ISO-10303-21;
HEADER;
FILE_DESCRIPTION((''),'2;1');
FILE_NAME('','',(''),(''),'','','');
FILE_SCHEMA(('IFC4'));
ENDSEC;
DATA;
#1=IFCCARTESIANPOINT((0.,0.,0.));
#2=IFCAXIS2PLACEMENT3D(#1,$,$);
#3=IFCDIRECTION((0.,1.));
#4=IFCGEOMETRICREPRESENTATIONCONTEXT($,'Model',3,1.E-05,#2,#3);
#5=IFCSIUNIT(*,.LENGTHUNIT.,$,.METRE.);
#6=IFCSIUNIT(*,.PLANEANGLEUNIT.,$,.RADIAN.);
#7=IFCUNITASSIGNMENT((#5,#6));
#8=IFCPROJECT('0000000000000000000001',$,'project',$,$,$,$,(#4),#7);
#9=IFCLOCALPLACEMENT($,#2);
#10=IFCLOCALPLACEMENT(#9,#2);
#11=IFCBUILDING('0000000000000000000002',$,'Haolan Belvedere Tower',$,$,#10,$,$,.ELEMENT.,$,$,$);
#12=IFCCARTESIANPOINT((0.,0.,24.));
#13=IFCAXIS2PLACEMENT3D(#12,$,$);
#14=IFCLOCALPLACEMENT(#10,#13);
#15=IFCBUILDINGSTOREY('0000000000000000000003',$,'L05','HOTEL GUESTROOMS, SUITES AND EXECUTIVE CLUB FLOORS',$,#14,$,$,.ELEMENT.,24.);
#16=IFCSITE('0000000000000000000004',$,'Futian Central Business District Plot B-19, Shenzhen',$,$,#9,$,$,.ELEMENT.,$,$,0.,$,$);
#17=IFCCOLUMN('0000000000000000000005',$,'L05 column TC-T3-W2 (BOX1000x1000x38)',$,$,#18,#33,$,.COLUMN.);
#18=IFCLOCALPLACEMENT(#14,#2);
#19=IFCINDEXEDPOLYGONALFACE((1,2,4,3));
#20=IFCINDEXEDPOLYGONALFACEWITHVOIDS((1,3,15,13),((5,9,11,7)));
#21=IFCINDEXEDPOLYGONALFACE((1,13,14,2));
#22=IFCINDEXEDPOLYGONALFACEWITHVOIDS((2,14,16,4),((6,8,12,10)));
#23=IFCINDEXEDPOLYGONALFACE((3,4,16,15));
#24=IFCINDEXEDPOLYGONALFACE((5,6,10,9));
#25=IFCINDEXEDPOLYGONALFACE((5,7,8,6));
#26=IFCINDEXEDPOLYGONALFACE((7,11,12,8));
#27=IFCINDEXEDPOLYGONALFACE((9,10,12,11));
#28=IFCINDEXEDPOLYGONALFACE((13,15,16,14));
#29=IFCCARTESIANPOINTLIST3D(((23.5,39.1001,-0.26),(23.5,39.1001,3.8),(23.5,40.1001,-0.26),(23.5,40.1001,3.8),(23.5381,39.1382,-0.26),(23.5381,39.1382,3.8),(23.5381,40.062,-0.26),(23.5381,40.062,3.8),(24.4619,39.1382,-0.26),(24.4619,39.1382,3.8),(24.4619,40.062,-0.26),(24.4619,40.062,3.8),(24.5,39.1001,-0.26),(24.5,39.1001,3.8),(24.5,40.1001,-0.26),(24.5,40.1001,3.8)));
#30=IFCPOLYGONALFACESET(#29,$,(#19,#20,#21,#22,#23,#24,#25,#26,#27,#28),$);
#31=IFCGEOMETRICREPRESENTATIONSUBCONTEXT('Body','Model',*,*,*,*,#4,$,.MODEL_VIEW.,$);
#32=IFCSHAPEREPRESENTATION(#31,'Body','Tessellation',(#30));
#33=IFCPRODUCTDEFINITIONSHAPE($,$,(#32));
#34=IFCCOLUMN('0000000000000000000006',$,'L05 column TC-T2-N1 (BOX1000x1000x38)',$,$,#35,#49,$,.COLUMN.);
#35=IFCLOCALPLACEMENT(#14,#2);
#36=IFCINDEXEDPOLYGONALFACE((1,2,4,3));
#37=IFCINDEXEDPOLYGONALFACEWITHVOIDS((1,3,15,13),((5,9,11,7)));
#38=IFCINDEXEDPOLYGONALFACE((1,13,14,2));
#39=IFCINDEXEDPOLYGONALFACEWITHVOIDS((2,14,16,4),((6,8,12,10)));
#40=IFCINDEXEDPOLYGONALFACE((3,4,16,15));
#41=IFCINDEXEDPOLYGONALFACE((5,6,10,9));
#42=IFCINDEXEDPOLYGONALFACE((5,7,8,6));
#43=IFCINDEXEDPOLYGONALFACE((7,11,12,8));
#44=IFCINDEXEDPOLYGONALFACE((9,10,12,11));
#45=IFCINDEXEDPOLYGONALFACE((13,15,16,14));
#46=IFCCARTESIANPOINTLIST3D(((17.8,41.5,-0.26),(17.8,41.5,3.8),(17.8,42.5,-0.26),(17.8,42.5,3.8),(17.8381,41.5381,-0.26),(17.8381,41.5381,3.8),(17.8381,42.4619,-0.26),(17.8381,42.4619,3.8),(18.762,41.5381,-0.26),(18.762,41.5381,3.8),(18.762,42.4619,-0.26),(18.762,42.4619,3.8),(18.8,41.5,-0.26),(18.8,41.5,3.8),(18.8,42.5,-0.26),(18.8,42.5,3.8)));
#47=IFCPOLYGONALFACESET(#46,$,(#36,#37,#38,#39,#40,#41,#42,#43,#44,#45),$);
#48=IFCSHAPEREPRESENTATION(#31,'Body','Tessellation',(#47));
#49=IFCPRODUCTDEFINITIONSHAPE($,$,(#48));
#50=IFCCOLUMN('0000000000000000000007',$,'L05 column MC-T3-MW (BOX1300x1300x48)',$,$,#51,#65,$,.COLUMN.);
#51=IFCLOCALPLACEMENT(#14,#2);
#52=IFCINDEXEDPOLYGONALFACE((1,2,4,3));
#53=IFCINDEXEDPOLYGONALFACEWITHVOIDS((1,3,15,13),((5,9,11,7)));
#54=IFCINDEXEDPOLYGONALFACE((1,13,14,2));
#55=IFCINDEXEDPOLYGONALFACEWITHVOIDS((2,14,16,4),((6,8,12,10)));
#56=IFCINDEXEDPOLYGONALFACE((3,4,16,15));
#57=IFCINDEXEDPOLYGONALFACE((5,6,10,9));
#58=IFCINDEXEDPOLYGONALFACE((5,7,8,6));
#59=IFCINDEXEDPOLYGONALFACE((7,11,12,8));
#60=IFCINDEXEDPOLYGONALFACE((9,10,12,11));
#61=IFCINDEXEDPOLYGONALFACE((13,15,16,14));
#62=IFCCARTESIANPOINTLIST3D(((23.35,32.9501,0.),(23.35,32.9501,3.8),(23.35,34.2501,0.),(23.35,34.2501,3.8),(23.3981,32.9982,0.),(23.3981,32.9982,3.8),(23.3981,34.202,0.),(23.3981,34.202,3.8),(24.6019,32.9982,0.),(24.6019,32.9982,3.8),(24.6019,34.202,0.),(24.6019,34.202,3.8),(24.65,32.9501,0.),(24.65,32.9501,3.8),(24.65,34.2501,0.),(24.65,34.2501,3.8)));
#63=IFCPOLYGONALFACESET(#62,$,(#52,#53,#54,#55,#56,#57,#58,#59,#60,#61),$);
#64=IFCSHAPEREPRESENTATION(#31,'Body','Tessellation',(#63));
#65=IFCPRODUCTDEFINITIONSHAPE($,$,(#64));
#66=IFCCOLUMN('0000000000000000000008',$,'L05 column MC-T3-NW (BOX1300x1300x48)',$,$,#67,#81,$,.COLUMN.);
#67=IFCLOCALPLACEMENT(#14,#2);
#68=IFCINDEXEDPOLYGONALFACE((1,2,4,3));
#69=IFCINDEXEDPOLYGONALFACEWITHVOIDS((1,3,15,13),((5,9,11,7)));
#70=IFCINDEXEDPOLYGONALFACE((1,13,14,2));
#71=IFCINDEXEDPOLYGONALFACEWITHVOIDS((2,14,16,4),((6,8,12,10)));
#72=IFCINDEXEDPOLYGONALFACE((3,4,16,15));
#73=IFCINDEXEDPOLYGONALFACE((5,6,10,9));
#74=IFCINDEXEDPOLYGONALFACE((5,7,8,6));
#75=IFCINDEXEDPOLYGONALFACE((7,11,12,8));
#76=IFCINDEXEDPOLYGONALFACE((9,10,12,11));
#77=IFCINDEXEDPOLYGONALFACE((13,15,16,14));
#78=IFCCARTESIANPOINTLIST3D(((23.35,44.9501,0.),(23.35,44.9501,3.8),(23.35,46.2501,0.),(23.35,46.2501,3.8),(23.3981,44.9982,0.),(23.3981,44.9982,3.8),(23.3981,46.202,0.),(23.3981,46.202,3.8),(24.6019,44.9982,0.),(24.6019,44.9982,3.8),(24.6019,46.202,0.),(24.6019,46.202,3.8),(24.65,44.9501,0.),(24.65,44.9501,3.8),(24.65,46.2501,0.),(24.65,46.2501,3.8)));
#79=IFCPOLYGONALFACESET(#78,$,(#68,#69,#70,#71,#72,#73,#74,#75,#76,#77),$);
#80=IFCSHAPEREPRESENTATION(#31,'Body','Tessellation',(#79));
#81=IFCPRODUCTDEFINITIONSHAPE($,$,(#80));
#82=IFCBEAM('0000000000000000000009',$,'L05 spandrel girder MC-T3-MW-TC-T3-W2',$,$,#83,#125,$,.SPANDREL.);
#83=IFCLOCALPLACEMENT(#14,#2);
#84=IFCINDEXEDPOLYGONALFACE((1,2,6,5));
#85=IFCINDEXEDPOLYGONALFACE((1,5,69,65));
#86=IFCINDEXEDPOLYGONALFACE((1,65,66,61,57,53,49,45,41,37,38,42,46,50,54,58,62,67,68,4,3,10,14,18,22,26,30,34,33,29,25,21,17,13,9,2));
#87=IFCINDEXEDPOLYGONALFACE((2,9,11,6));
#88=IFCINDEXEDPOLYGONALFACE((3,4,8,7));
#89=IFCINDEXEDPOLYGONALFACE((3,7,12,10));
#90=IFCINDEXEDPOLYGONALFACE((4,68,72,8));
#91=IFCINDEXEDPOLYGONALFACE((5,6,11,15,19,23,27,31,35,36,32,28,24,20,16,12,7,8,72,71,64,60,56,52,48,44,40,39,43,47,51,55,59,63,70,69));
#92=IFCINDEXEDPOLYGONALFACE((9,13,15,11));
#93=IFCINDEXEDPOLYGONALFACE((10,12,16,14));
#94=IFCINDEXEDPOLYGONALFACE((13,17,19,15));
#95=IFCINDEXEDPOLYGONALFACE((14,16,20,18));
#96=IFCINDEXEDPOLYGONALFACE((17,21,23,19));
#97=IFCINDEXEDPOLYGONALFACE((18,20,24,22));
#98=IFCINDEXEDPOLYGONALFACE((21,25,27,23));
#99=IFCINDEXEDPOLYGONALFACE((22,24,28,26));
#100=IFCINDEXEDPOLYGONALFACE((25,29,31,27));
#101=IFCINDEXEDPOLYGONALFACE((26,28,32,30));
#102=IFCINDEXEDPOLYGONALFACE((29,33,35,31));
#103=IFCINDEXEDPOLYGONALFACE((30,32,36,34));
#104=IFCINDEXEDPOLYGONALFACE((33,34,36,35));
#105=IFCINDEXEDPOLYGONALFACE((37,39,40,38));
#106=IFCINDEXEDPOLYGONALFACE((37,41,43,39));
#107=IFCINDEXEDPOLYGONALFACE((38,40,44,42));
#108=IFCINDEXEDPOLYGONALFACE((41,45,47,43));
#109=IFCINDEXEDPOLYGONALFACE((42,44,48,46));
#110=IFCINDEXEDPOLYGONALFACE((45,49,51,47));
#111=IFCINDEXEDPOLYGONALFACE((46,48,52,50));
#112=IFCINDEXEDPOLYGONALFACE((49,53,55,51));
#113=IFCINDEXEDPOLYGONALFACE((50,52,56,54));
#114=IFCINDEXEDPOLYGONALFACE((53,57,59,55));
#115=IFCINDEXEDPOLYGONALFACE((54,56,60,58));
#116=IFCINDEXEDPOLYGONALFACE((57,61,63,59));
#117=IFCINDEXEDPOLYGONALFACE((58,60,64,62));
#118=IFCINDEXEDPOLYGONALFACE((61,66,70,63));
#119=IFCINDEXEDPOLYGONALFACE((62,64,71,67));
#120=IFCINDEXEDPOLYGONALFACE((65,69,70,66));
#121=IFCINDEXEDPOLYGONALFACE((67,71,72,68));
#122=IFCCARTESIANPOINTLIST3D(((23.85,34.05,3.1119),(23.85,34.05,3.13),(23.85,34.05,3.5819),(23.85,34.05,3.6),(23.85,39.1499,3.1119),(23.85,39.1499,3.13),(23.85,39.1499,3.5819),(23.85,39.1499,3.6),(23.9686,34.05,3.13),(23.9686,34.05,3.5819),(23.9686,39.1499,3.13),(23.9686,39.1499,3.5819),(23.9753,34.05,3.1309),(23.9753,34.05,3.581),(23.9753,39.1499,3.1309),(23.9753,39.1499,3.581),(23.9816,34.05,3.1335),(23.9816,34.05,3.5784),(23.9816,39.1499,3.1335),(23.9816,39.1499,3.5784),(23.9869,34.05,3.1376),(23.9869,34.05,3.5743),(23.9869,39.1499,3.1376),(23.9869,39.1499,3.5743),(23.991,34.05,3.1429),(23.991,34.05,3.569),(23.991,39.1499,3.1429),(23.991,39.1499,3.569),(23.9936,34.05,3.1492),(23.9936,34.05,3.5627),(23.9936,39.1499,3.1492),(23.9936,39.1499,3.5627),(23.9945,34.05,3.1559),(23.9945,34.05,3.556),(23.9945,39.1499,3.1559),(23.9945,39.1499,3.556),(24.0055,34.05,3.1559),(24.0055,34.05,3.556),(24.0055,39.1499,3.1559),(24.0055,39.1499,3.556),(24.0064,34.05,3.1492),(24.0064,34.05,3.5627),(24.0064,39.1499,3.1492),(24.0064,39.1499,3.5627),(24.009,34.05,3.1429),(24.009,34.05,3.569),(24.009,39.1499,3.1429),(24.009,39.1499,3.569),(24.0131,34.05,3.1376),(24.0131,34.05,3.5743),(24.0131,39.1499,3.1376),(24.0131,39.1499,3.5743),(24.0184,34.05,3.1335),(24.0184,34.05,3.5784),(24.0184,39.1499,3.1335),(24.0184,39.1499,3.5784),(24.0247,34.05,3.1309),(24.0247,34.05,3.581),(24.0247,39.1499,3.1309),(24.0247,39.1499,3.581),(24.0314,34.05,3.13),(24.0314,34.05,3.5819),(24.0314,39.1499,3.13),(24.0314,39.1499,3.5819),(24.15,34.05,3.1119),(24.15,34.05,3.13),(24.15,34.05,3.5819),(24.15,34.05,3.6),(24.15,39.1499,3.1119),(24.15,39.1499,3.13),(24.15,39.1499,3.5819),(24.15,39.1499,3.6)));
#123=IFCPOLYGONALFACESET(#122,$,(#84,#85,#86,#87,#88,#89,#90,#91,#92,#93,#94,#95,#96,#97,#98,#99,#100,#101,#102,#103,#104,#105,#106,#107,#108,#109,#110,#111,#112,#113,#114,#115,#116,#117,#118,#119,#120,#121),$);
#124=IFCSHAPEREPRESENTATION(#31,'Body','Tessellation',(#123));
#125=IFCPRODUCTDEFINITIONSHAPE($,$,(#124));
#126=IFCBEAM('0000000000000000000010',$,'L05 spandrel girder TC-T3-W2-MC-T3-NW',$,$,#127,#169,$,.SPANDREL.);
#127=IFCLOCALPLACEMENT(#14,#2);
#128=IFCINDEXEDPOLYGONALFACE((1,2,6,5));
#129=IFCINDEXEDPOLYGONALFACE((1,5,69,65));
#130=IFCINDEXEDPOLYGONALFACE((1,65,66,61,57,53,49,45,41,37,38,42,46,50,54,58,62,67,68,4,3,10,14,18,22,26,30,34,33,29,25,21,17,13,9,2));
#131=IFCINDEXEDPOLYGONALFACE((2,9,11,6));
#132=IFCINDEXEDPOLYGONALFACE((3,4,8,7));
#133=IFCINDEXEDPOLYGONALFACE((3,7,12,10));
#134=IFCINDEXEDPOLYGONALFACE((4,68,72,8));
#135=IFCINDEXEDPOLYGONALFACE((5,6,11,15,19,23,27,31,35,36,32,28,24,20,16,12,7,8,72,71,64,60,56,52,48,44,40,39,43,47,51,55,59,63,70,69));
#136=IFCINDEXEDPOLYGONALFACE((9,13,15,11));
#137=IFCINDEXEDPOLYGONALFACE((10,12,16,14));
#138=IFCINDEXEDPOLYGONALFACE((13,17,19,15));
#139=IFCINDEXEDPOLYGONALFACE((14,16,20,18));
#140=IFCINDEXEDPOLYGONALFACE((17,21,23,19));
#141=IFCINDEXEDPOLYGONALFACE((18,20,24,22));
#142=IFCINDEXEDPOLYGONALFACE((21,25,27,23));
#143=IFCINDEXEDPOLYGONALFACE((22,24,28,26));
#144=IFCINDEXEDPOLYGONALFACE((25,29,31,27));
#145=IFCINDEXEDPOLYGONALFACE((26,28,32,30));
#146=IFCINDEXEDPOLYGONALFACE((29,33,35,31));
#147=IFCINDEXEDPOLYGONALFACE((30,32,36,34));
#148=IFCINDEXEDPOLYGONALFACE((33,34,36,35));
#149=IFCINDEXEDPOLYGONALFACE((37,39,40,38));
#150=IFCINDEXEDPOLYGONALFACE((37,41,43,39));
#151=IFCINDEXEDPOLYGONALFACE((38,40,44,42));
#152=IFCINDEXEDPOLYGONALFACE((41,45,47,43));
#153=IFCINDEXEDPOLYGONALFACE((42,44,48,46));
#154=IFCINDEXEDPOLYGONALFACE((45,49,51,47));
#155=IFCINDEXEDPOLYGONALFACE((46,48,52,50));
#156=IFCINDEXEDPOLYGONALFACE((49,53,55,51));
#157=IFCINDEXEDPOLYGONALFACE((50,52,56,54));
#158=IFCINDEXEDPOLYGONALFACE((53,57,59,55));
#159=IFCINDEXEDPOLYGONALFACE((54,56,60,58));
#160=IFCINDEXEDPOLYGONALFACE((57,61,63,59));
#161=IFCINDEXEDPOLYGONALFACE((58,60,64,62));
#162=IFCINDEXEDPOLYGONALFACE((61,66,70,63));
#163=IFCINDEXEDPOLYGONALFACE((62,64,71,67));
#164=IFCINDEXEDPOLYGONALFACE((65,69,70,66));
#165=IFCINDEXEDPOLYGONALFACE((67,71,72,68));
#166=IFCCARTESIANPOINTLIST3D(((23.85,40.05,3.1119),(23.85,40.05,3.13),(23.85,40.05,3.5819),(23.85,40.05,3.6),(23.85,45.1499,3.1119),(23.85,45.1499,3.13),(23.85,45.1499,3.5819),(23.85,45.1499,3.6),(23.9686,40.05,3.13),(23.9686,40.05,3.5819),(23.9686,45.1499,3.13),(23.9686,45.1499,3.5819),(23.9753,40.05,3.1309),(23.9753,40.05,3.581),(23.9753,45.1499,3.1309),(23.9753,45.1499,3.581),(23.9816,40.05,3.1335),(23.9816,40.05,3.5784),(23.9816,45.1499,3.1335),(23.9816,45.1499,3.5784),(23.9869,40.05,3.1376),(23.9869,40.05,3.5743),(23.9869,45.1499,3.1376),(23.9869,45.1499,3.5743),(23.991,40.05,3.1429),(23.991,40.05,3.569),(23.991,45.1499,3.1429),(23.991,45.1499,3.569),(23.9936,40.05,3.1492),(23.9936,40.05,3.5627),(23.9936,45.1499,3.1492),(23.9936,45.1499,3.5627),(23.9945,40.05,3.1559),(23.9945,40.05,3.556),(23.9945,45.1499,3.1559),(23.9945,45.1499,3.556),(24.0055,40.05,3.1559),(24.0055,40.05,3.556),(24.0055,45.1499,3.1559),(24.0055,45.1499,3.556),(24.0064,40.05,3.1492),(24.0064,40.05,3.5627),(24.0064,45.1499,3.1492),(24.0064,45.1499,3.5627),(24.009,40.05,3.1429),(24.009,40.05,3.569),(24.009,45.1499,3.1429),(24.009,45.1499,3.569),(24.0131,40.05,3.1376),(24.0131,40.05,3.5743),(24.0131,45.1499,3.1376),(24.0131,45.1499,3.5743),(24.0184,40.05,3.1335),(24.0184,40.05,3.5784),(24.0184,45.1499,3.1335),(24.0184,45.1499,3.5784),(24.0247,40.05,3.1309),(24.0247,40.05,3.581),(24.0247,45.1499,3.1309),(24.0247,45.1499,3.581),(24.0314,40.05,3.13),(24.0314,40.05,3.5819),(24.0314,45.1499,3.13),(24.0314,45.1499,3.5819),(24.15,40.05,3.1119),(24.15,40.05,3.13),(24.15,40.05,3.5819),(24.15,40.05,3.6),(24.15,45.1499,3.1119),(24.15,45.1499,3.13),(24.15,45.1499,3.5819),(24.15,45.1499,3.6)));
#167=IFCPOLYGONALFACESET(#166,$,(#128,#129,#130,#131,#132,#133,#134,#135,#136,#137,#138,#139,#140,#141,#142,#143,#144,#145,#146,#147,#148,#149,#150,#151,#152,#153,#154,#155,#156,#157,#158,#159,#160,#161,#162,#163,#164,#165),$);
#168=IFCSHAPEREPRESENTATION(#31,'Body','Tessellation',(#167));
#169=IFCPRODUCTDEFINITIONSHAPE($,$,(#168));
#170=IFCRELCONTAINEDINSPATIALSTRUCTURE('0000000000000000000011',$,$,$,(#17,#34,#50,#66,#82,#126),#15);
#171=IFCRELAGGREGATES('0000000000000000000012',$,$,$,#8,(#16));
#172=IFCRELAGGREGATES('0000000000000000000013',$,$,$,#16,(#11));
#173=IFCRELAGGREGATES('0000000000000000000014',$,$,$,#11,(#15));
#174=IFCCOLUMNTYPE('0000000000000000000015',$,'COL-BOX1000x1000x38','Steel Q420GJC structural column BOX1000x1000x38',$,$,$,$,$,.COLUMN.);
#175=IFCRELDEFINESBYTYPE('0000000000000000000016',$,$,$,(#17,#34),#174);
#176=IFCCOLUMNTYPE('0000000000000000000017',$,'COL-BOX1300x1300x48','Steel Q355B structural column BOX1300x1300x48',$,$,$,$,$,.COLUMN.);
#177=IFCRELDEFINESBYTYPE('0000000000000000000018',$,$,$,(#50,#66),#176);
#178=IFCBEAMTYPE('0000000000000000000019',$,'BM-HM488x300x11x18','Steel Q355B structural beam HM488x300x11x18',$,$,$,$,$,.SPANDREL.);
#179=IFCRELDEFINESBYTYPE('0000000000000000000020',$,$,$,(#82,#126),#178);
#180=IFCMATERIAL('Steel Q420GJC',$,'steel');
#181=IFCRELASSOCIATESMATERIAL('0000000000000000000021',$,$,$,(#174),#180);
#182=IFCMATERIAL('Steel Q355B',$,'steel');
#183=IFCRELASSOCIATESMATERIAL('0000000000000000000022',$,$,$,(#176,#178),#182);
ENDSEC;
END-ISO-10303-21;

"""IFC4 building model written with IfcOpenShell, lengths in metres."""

from ifc_helpers import new_model, si_unit, direction, frame, origin, origin_2d, place, context, subcontext, project, spatial, hollow_rectangle, i_section, extrude, material, material_profile, profile_set, type_object, element, save


model = new_model("IFC4")

# Units and contexts
model_context = context("Model", 3, precision=1e-05, world=origin(), true_north=direction((0.0, 1.0)))
body_context = subcontext(model_context, "Body", "Model", "MODEL_VIEW")
ifc_project = project(units=[si_unit("LENGTHUNIT", "METRE"), si_unit("PLANEANGLEUNIT", "RADIAN")], contexts=[model_context])

# Site, building, storey
site_placement = place(None, origin())
site = spatial("IfcSite", under=ifc_project, at=site_placement, Name="Futian Central Business District Plot B-19, Shenzhen", CompositionType="ELEMENT", RefElevation=0.0)
building_placement = place(site_placement, origin())
building = spatial("IfcBuilding", under=site, at=building_placement, Name="Haolan Belvedere Tower", CompositionType="ELEMENT")
storey_placement = place(building_placement, frame((0.0, 0.0, 24.0)))
storey = spatial("IfcBuildingStorey", under=building, at=storey_placement, Name="L05", Description="HOTEL GUESTROOMS, SUITES AND EXECUTIVE CLUB FLOORS", CompositionType="ELEMENT", Elevation=24.0)

# Columns
ifc_material_1 = material(Name="Steel Q420GJC", Category="steel")
ifc_material_profile_1 = material_profile(ifc_material_1, hollow_rectangle(XDim=1.0, YDim=1.0, WallThickness=0.0381, at=origin_2d()), Name="Steel Q420GJC")
ifc_profile_set_1 = profile_set([ifc_material_profile_1], Name="Steel Q420GJC")
column_type_1 = type_object("IfcColumnType", Name="COL-BOX1000x1000x38", Description="Steel Q420GJC structural column BOX1000x1000x38", PredefinedType="COLUMN", material=ifc_profile_set_1)
for number, where, z_axis, x_axis, name in (
    (1, (24.0, 39.6001, -0.26), (0.0, 0.0, 1.0), (1.0, 0.0, 0.0), "L05 column TC-T3-W2 (BOX1000x1000x38)"),
    (2, (18.3, 42.0, -0.26), (0.0, 0.0, 1.0), (1.0, 0.0, 0.0), "L05 column TC-T2-N1 (BOX1000x1000x38)"),
):
    element("IfcColumn", number, at=place(storey_placement, frame(where, z_axis=z_axis, x_axis=x_axis)), inside=storey, type_object=column_type_1, Name=name, PredefinedType="COLUMN", context=body_context, shape_type="SweptSolid", body=[
        extrude(hollow_rectangle(XDim=1.0, YDim=1.0, WallThickness=0.0381, at=origin_2d()), origin(), (0.0, 0.0, 1.0), 4.0601),
    ])
ifc_material_2 = material(Name="Steel Q355B", Category="steel")
ifc_material_profile_2 = material_profile(ifc_material_2, hollow_rectangle(XDim=1.3, YDim=1.3, WallThickness=0.0481, at=origin_2d()), Name="Steel Q355B")
ifc_profile_set_2 = profile_set([ifc_material_profile_2], Name="Steel Q355B")
column_type_2 = type_object("IfcColumnType", Name="COL-BOX1300x1300x48", Description="Steel Q355B structural column BOX1300x1300x48", PredefinedType="COLUMN", material=ifc_profile_set_2)
for number, where, z_axis, x_axis, name in (
    (3, (24.0, 33.6001, 0.0), (0.0, 0.0, 1.0), (1.0, 0.0, 0.0), "L05 column MC-T3-MW (BOX1300x1300x48)"),
    (4, (24.0, 45.6001, 0.0), (0.0, 0.0, 1.0), (1.0, 0.0, 0.0), "L05 column MC-T3-NW (BOX1300x1300x48)"),
):
    element("IfcColumn", number, at=place(storey_placement, frame(where, z_axis=z_axis, x_axis=x_axis)), inside=storey, type_object=column_type_2, Name=name, PredefinedType="COLUMN", context=body_context, shape_type="SweptSolid", body=[
        extrude(hollow_rectangle(XDim=1.3, YDim=1.3, WallThickness=0.0481, at=origin_2d()), origin(), (0.0, 0.0, 1.0), 3.8),
    ])

# Beams
ifc_material_profile_3 = material_profile(ifc_material_2, i_section(OverallWidth=0.3, OverallDepth=0.488, WebThickness=0.011, FlangeThickness=0.0181, FilletRadius=0.0259, at=origin_2d()), Name="Steel Q355B")
ifc_profile_set_3 = profile_set([ifc_material_profile_3], Name="Steel Q355B")
beam_type_1 = type_object("IfcBeamType", Name="BM-HM488x300x11x18", Description="Steel Q355B structural beam HM488x300x11x18", PredefinedType="SPANDREL", material=ifc_profile_set_3)
for number, where, z_axis, x_axis, name in (
    (5, (24.0, 34.05, 3.356), (0.0, 1.0, 0.0), (-1.0, 0.0, 0.0), "L05 spandrel girder MC-T3-MW-TC-T3-W2"),
    (6, (24.0, 40.05, 3.356), (0.0, 1.0, 0.0), (-1.0, 0.0, 0.0), "L05 spandrel girder TC-T3-W2-MC-T3-NW"),
):
    element("IfcBeam", number, at=place(storey_placement, frame(where, z_axis=z_axis, x_axis=x_axis)), inside=storey, type_object=beam_type_1, Name=name, PredefinedType="SPANDREL", context=body_context, shape_type="SweptSolid", body=[
        extrude(i_section(OverallWidth=0.3, OverallDepth=0.488, WebThickness=0.011, FlangeThickness=0.0181, FilletRadius=0.0259, at=origin_2d()), origin(), (0.0, 0.0, 1.0), 5.0999),
    ])

save(model, "model.ifc")
